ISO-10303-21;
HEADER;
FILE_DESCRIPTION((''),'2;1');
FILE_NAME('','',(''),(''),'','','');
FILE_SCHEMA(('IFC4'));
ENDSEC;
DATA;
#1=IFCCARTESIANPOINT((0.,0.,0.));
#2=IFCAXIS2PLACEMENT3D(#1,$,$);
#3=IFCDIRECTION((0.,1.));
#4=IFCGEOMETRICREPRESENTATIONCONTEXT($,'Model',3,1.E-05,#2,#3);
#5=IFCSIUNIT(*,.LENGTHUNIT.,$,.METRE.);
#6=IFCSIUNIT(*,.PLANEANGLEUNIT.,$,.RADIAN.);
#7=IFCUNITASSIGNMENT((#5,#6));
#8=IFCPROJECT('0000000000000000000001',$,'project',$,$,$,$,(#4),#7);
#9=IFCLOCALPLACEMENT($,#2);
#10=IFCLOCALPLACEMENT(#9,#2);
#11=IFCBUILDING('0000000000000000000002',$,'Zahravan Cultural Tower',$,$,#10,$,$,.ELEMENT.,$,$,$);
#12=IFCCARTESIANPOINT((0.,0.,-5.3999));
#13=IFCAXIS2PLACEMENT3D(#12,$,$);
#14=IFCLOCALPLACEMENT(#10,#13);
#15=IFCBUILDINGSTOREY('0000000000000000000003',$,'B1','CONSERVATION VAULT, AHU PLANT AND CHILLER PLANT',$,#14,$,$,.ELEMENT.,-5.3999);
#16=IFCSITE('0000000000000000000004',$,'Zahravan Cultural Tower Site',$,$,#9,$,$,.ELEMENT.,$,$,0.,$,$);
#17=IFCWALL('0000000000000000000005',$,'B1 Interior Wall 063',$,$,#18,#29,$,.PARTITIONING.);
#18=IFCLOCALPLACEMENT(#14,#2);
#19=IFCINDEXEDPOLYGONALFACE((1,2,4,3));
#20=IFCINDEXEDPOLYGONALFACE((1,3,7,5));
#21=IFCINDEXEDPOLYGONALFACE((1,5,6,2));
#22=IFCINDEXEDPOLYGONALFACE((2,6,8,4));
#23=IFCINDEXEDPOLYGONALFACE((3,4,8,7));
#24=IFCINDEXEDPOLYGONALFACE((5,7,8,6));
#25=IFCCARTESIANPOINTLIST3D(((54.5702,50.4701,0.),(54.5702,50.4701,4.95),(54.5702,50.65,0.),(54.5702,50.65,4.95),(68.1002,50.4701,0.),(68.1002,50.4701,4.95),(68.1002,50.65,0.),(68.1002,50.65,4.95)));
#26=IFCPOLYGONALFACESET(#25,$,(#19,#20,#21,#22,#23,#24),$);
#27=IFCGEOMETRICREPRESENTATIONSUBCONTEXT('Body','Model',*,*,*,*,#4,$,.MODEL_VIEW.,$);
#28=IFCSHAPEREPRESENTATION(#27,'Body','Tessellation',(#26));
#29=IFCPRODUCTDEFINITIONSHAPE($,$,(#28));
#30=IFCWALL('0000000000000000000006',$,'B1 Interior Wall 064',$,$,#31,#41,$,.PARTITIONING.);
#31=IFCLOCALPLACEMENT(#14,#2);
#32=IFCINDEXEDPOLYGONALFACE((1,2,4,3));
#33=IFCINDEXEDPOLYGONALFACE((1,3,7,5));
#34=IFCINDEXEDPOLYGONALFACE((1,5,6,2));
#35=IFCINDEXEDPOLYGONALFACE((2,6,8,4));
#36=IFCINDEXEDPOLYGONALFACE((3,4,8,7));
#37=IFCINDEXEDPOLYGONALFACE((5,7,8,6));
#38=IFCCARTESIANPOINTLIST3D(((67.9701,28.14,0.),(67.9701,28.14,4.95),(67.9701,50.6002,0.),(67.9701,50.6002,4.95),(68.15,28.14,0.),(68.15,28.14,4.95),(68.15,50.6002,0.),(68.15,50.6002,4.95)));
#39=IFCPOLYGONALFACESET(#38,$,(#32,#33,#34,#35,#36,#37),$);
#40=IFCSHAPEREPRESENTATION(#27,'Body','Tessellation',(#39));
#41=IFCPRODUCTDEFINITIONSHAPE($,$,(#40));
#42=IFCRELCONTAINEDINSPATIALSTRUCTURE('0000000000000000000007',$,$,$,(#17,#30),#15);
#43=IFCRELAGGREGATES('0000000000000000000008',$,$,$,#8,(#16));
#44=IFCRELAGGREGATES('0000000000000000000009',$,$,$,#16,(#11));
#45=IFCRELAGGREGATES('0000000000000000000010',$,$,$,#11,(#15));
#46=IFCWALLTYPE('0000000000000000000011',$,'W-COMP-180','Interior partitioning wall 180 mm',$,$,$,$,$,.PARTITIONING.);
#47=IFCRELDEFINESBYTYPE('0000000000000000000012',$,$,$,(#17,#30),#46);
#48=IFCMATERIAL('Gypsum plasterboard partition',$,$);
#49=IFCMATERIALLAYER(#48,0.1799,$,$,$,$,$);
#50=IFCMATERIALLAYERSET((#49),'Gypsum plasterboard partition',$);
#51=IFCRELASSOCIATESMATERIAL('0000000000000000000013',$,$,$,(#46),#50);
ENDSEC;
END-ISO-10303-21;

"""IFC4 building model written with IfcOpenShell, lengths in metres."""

from ifc_helpers import new_model, si_unit, direction, frame, frame_2d, origin, place, context, subcontext, project, spatial, rectangle, extrude, source, transform, mapped, material, layer, layer_set, type_object, element, save


model = new_model("IFC4")

# Units and contexts
model_context = context("Model", 3, precision=1e-05, world=origin(), true_north=direction((0.0, 1.0)))
body_context = subcontext(model_context, "Body", "Model", "MODEL_VIEW")
ifc_project = project(units=[si_unit("LENGTHUNIT", "METRE"), si_unit("PLANEANGLEUNIT", "RADIAN")], contexts=[model_context])

# Site, building, storey
site_placement = place(None, origin())
site = spatial("IfcSite", under=ifc_project, at=site_placement, Name="Zahravan Cultural Tower Site", CompositionType="ELEMENT", RefElevation=0.0)
building_placement = place(site_placement, origin())
building = spatial("IfcBuilding", under=site, at=building_placement, Name="Zahravan Cultural Tower", CompositionType="ELEMENT")
storey_placement = place(building_placement, frame((0.0, 0.0, -5.3999)))
storey = spatial("IfcBuildingStorey", under=building, at=storey_placement, Name="B1", Description="CONSERVATION VAULT, AHU PLANT AND CHILLER PLANT", CompositionType="ELEMENT", Elevation=-5.3999)

# Shared definitions
ifc_material_1 = material(Name="Gypsum plasterboard partition")
ifc_layer_1 = layer(ifc_material_1, 0.1799)
ifc_layer_set_1 = layer_set([ifc_layer_1], Name="Gypsum plasterboard partition")
wall_type = type_object("IfcWallType", Name="W-COMP-180", Description="Interior partitioning wall 180 mm", PredefinedType="PARTITIONING", material=ifc_layer_set_1)

# Walls
shared_shape_1 = source(origin(), body_context, "Body", "SweptSolid", [
    extrude(rectangle(XDim=13.53, YDim=0.1799, at=frame_2d((6.7651, 0.0))), origin(), (0.0, 0.0, 1.0), 4.95),
])
wall_1_placement = place(storey_placement, frame((54.5701, 50.5601, 0.0), z_axis=(0.0, 0.0, 1.0), x_axis=(1.0, 0.0, 0.0)))
element("IfcWall", 1, at=wall_1_placement, inside=storey, type_object=wall_type, Name="B1 Interior Wall 063", PredefinedType="PARTITIONING", context=body_context, shape_type="MappedRepresentation", body=[
    mapped(shared_shape_1, transform((0.0, 0.0, 0.0), x_axis=(1.0, 0.0, 0.0), y_axis=(0.0, 1.0, 0.0), z_axis=(0.0, 0.0, 1.0), scale=1.0)),
])
shared_shape_2 = source(origin(), body_context, "Body", "SweptSolid", [
    extrude(rectangle(XDim=22.4602, YDim=0.1799, at=frame_2d((11.23, 0.0))), origin(), (0.0, 0.0, 1.0), 4.95),
])
wall_2_placement = place(storey_placement, frame((68.0601, 50.6001, 0.0), z_axis=(0.0, 0.0, 1.0), x_axis=(0.0, -1.0, 0.0)))
element("IfcWall", 2, at=wall_2_placement, inside=storey, type_object=wall_type, Name="B1 Interior Wall 064", PredefinedType="PARTITIONING", context=body_context, shape_type="MappedRepresentation", body=[
    mapped(shared_shape_2, transform((0.0, 0.0, 0.0), x_axis=(1.0, 0.0, 0.0), y_axis=(0.0, 1.0, 0.0), z_axis=(0.0, 0.0, 1.0), scale=1.0)),
])

save(model, "model.ifc")
